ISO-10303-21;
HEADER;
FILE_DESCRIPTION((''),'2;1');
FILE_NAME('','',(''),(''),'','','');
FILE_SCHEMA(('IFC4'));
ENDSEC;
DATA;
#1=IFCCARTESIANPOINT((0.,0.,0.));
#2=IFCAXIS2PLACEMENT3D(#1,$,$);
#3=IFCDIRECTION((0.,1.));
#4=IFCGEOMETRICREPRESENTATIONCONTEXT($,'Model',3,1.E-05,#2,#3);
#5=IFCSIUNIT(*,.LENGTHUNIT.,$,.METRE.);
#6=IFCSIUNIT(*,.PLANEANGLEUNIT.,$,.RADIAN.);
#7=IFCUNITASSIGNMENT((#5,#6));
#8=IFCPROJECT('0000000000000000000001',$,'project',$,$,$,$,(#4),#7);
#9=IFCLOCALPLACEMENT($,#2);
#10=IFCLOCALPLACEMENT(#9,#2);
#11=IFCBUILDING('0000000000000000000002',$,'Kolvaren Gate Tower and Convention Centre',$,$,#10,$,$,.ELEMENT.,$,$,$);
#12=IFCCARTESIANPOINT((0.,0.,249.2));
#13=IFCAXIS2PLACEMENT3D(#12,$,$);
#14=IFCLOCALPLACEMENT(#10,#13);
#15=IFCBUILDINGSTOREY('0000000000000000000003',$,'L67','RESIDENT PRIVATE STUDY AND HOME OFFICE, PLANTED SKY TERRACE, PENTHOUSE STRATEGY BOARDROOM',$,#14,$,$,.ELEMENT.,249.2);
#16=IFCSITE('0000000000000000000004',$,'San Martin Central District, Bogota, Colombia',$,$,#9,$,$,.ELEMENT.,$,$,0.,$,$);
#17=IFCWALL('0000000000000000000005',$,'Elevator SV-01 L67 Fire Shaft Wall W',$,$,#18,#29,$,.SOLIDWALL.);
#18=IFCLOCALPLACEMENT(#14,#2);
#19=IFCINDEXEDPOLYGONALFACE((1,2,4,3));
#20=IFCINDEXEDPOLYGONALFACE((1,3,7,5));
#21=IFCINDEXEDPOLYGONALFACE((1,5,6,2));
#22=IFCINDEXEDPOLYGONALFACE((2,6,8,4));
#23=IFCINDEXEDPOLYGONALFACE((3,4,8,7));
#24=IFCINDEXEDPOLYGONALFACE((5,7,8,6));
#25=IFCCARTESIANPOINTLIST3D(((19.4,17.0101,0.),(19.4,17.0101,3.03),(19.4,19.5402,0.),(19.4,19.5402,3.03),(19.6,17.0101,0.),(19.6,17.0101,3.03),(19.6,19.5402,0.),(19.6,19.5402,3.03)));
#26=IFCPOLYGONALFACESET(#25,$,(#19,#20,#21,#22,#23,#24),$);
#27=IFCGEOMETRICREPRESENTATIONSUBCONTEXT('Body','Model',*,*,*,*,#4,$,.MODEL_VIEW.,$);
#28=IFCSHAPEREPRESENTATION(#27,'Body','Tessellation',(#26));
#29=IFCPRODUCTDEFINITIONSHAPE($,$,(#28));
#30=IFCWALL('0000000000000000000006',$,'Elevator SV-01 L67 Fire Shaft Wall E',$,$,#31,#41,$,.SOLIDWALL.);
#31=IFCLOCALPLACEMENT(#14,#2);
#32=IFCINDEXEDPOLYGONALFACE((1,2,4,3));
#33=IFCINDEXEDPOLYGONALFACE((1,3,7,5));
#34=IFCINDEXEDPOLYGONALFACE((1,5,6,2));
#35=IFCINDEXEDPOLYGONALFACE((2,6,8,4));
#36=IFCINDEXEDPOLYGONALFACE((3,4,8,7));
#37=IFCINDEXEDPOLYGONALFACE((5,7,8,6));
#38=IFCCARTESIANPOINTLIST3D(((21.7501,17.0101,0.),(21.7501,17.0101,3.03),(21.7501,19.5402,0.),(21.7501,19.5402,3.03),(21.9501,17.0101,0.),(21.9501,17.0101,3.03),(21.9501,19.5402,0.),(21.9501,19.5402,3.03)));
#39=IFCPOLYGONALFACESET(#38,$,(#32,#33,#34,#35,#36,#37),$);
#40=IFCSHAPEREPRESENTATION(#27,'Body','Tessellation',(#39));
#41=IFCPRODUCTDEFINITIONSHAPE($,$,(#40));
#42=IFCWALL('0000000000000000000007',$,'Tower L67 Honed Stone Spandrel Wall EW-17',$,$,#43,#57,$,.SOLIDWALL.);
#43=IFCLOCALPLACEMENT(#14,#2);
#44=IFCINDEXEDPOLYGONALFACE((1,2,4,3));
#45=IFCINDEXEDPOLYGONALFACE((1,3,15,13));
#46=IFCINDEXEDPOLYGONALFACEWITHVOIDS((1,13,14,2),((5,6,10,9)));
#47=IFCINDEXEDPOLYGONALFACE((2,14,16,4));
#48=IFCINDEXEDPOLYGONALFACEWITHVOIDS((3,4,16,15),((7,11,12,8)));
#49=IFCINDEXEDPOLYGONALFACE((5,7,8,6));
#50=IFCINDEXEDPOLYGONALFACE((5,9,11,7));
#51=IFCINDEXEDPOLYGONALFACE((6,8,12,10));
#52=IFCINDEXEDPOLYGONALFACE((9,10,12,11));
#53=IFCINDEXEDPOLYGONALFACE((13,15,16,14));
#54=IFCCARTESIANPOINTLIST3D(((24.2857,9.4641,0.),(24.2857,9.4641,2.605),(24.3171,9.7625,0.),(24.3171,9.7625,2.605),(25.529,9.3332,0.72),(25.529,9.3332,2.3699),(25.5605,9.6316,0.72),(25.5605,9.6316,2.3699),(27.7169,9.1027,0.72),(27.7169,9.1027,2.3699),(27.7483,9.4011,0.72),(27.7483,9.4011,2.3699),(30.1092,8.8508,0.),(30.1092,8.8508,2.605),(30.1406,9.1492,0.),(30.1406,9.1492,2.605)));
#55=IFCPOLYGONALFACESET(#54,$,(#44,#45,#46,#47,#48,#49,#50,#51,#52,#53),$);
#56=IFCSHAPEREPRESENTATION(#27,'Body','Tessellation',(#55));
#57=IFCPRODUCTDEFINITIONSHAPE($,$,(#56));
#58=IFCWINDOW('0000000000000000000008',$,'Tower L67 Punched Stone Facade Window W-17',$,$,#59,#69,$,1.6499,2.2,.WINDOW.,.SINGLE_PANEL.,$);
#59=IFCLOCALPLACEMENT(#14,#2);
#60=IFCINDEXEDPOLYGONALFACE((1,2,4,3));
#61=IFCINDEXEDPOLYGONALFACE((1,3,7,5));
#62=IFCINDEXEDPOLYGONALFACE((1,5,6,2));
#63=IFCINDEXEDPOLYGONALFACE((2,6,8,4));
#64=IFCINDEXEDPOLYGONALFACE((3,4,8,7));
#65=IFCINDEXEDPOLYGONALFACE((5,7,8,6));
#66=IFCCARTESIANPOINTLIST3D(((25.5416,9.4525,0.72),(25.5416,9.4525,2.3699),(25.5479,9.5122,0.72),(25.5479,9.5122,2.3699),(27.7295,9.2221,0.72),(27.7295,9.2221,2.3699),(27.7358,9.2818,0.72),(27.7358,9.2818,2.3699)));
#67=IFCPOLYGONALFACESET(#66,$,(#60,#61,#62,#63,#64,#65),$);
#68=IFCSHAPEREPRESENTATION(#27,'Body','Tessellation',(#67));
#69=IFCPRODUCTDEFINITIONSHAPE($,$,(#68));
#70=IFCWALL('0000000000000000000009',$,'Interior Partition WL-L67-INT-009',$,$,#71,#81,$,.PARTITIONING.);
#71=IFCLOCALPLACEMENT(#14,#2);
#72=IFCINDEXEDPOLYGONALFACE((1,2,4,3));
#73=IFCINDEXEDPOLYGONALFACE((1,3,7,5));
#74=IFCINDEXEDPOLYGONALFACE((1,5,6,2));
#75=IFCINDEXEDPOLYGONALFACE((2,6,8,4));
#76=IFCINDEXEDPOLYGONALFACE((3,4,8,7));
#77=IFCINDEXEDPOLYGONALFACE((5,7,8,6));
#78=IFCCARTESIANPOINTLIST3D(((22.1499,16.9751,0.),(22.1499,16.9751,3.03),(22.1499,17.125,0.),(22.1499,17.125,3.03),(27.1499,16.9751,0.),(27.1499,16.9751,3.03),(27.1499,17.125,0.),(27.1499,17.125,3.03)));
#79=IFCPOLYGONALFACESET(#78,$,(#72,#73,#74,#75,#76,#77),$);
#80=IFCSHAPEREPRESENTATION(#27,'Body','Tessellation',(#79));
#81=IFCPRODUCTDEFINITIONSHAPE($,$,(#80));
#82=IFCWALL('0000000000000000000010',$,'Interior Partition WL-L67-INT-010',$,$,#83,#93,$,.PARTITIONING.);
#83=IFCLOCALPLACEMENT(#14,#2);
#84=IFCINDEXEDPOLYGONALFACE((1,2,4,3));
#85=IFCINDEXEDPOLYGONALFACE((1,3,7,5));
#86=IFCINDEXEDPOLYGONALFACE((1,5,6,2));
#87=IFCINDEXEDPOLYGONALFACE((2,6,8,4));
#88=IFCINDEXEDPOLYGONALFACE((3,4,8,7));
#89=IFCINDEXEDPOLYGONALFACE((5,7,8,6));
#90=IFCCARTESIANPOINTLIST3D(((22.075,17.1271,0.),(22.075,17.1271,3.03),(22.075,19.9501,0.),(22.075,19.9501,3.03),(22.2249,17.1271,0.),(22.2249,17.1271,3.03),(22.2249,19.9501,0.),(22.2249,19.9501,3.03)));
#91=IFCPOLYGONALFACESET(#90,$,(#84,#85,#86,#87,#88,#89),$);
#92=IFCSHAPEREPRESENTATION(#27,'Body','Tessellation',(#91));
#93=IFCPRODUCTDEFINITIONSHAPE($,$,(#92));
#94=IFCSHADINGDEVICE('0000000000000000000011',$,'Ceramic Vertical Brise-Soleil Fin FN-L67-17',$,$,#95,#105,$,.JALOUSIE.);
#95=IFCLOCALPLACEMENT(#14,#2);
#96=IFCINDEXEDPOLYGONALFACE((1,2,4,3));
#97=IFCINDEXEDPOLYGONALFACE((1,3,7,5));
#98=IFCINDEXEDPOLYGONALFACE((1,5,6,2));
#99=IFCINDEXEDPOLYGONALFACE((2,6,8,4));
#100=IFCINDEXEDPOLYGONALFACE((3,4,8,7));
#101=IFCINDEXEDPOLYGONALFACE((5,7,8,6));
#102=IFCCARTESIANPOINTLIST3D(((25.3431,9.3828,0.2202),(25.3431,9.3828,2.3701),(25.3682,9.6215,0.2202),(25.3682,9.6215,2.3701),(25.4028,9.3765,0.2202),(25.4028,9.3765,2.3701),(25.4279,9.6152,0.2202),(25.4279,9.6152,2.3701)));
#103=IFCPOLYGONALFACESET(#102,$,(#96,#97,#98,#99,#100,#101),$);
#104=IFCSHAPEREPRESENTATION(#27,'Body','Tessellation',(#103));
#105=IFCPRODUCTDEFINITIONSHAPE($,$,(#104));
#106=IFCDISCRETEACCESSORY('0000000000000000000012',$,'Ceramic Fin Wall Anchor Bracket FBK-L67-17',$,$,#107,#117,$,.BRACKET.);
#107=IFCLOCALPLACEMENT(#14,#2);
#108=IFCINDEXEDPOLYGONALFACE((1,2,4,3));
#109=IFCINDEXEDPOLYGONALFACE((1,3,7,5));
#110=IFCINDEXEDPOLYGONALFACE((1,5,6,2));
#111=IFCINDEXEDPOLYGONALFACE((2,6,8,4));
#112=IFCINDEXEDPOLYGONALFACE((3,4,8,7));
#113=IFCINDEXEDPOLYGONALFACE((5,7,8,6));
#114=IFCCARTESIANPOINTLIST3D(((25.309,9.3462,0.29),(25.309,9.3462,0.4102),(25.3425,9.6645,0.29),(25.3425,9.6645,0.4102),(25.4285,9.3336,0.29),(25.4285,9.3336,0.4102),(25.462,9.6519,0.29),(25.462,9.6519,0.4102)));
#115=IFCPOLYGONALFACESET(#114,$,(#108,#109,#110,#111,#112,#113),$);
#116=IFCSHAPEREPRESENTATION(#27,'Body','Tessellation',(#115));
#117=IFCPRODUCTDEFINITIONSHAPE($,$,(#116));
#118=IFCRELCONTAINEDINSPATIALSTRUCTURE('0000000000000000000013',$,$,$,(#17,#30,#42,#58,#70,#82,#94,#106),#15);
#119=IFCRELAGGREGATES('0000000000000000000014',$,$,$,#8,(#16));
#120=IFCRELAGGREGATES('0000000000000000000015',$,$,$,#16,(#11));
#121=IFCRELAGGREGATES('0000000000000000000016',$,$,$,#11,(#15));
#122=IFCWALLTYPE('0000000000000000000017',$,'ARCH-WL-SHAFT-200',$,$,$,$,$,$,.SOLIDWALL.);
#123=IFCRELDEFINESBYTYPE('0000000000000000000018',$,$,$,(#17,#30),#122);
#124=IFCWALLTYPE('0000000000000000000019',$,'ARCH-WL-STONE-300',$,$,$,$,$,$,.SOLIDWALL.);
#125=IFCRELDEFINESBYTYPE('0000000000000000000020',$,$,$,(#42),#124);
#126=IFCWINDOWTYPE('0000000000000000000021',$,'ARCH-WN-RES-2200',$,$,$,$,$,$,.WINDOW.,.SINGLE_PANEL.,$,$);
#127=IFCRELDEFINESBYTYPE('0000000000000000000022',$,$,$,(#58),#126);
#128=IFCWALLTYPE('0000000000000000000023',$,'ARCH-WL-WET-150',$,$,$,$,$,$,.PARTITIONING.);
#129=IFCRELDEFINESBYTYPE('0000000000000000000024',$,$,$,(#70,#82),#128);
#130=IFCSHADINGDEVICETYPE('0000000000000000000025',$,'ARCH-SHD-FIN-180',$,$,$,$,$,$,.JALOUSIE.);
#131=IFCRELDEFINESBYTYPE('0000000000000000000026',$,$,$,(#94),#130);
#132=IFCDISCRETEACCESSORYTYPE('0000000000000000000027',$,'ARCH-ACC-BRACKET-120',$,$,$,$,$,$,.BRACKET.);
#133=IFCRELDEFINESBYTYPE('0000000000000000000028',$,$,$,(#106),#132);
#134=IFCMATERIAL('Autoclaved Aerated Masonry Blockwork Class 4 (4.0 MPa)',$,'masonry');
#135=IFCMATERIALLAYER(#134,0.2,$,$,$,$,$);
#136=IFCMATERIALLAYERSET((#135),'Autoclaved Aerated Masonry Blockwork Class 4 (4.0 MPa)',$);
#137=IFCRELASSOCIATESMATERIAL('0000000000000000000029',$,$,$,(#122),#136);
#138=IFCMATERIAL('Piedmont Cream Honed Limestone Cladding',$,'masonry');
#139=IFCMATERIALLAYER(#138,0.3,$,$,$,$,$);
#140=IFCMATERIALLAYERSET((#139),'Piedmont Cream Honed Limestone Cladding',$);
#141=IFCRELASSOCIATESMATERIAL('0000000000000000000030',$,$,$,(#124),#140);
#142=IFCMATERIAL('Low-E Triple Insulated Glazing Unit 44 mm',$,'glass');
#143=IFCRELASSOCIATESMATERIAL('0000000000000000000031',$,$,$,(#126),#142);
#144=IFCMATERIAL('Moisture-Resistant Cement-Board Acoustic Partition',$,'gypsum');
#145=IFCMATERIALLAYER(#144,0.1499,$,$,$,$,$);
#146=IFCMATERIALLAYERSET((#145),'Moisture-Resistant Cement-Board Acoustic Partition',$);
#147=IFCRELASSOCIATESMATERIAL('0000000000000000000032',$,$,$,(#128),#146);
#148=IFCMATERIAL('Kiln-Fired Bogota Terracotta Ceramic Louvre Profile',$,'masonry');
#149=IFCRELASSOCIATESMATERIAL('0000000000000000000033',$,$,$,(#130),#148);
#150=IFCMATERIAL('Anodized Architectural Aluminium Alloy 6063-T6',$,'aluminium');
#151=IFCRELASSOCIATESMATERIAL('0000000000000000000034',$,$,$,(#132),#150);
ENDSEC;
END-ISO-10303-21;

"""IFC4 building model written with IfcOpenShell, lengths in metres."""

from ifc_helpers import new_model, si_unit, direction, frame, frame_2d, origin, origin_2d, place, context, subcontext, project, spatial, rectangle, extrude, material, layer, layer_set, type_object, element, fill, save


model = new_model("IFC4")

# Units and contexts
model_context = context("Model", 3, precision=1e-05, world=origin(), true_north=direction((0.0, 1.0)))
body_context = subcontext(model_context, "Body", "Model", "MODEL_VIEW")
ifc_project = project(units=[si_unit("LENGTHUNIT", "METRE"), si_unit("PLANEANGLEUNIT", "RADIAN")], contexts=[model_context])

# Site, building, storey
site_placement = place(None, origin())
site = spatial("IfcSite", under=ifc_project, at=site_placement, Name="San Martin Central District, Bogota, Colombia", CompositionType="ELEMENT", RefElevation=0.0)
building_placement = place(site_placement, origin())
building = spatial("IfcBuilding", under=site, at=building_placement, Name="Kolvaren Gate Tower and Convention Centre", CompositionType="ELEMENT")
storey_placement = place(building_placement, frame((0.0, 0.0, 249.2)))
storey = spatial("IfcBuildingStorey", under=building, at=storey_placement, Name="L67", Description="RESIDENT PRIVATE STUDY AND HOME OFFICE, PLANTED SKY TERRACE, PENTHOUSE STRATEGY BOARDROOM", CompositionType="ELEMENT", Elevation=249.2)

# Walls
ifc_material_1 = material(Name="Autoclaved Aerated Masonry Blockwork Class 4 (4.0 MPa)", Category="masonry")
ifc_layer_1 = layer(ifc_material_1, 0.2)
ifc_layer_set_1 = layer_set([ifc_layer_1], Name="Autoclaved Aerated Masonry Blockwork Class 4 (4.0 MPa)")
wall_type_1 = type_object("IfcWallType", Name="ARCH-WL-SHAFT-200", PredefinedType="SOLIDWALL", material=ifc_layer_set_1)
for number, where, z_axis, x_axis, name in (
    (1, (19.5, 17.01, 0.0), (0.0, 0.0, 1.0), (0.0, 1.0, 0.0), "Elevator SV-01 L67 Fire Shaft Wall W"),
    (2, (21.8501, 17.01, 0.0), (0.0, 0.0, 1.0), (0.0, 1.0, 0.0), "Elevator SV-01 L67 Fire Shaft Wall E"),
):
    element("IfcWall", number, at=place(storey_placement, frame(where, z_axis=z_axis, x_axis=x_axis)), inside=storey, type_object=wall_type_1, Name=name, PredefinedType="SOLIDWALL", context=body_context, shape_type="SweptSolid", body=[
        extrude(rectangle(XDim=2.53, YDim=0.2, at=frame_2d((1.2651, 0.0))), origin(), (0.0, 0.0, 1.0), 3.03),
    ])

# Wall, opening, window
ifc_material_2 = material(Name="Piedmont Cream Honed Limestone Cladding", Category="masonry")
ifc_layer_2 = layer(ifc_material_2, 0.3)
ifc_layer_set_2 = layer_set([ifc_layer_2], Name="Piedmont Cream Honed Limestone Cladding")
wall_type_2 = type_object("IfcWallType", Name="ARCH-WL-STONE-300", PredefinedType="SOLIDWALL", material=ifc_layer_set_2)
wall_1_placement = place(storey_placement, frame((24.3015, 9.6133, 0.0), z_axis=(0.0, 0.0, 1.0), x_axis=(0.9945, -0.104733, 0.0)))
wall_1 = element("IfcWall", 3, at=wall_1_placement, inside=storey, type_object=wall_type_2, Name="Tower L67 Honed Stone Spandrel Wall EW-17", PredefinedType="SOLIDWALL", context=body_context, shape_type="SweptSolid", body=[
    extrude(rectangle(XDim=5.8557, YDim=0.3, at=frame_2d((2.9277, 0.0))), origin(), (0.0, 0.0, 1.0), 2.605),
])
opening_1_placement = place(wall_1_placement, frame((1.25, 0.0, 0.72)))
opening_1 = element("IfcOpeningElement", 4, at=opening_1_placement, cuts=wall_1, PredefinedType="OPENING", context=body_context, shape_type="SweptSolid", body=[
    extrude(rectangle(XDim=2.2, YDim=1.6499, at=frame_2d((1.1001, 0.825))), frame((0.0, 0.1599, 0.0), z_axis=(0.0, -1.0, 0.0), x_axis=(1.0, 0.0, 0.0)), (0.0, 0.0, 1.0), 0.3201),
])
ifc_material_3 = material(Name="Low-E Triple Insulated Glazing Unit 44 mm", Category="glass")
window_type = type_object("IfcWindowType", Name="ARCH-WN-RES-2200", PartitioningType="SINGLE_PANEL", PredefinedType="WINDOW", material=ifc_material_3)
window_placement = place(opening_1_placement, origin())
window = element("IfcWindow", 5, at=window_placement, inside=storey, type_object=window_type, Name="Tower L67 Punched Stone Facade Window W-17", OverallHeight=1.6499, OverallWidth=2.2, PartitioningType="SINGLE_PANEL", PredefinedType="WINDOW", context=body_context, shape_type="SweptSolid", body=[
    extrude(rectangle(XDim=2.2, YDim=1.6499, at=frame_2d((1.1001, 0.825))), frame((0.0, 0.03, 0.0), z_axis=(0.0, -1.0, 0.0), x_axis=(1.0, 0.0, 0.0)), (0.0, 0.0, 1.0), 0.0601),
])
fill(opening_1, window)

# Walls
ifc_material_4 = material(Name="Moisture-Resistant Cement-Board Acoustic Partition", Category="gypsum")
ifc_layer_3 = layer(ifc_material_4, 0.1499)
ifc_layer_set_3 = layer_set([ifc_layer_3], Name="Moisture-Resistant Cement-Board Acoustic Partition")
wall_type_3 = type_object("IfcWallType", Name="ARCH-WL-WET-150", PredefinedType="PARTITIONING", material=ifc_layer_set_3)
wall_2_placement = place(storey_placement, frame((22.1499, 17.05, 0.0), z_axis=(0.0, 0.0, 1.0), x_axis=(1.0, 0.0, 0.0)))
element("IfcWall", 6, at=wall_2_placement, inside=storey, type_object=wall_type_3, Name="Interior Partition WL-L67-INT-009", PredefinedType="PARTITIONING", context=body_context, shape_type="SweptSolid", body=[
    extrude(rectangle(XDim=5.0, YDim=0.1499, at=frame_2d((2.5, 0.0))), origin(), (0.0, 0.0, 1.0), 3.03),
])
wall_3_placement = place(storey_placement, frame((22.1499, 17.127, 0.0), z_axis=(0.0, 0.0, 1.0), x_axis=(0.0, 1.0, 0.0)))
element("IfcWall", 7, at=wall_3_placement, inside=storey, type_object=wall_type_3, Name="Interior Partition WL-L67-INT-010", PredefinedType="PARTITIONING", context=body_context, shape_type="SweptSolid", body=[
    extrude(rectangle(XDim=2.823, YDim=0.1499, at=frame_2d((1.4116, 0.0))), origin(), (0.0, 0.0, 1.0), 3.03),
])

# Shading device
ifc_material_5 = material(Name="Kiln-Fired Bogota Terracotta Ceramic Louvre Profile", Category="masonry")
shading_device_type = type_object("IfcShadingDeviceType", Name="ARCH-SHD-FIN-180", PredefinedType="JALOUSIE", material=ifc_material_5)
shading_device_placement = place(storey_placement, frame((25.3855, 9.499, 0.2202), z_axis=(0.0, 0.0, 1.0), x_axis=(0.9945, -0.104737, 0.0)))
element("IfcShadingDevice", 8, at=shading_device_placement, inside=storey, type_object=shading_device_type, Name="Ceramic Vertical Brise-Soleil Fin FN-L67-17", PredefinedType="JALOUSIE", context=body_context, shape_type="SweptSolid", body=[
    extrude(rectangle(XDim=0.0601, YDim=0.24, at=origin_2d()), origin(), (0.0, 0.0, 1.0), 2.1499),
])

# Discrete accessory
ifc_material_6 = material(Name="Anodized Architectural Aluminium Alloy 6063-T6", Category="aluminium")
discrete_accessory_type = type_object("IfcDiscreteAccessoryType", Name="ARCH-ACC-BRACKET-120", PredefinedType="BRACKET", material=ifc_material_6)
discrete_accessory_placement = place(storey_placement, frame((25.3855, 9.499, 0.29), z_axis=(0.0, 0.0, 1.0), x_axis=(0.9945, -0.104737, 0.0)))
element("IfcDiscreteAccessory", 9, at=discrete_accessory_placement, inside=storey, type_object=discrete_accessory_type, Name="Ceramic Fin Wall Anchor Bracket FBK-L67-17", PredefinedType="BRACKET", context=body_context, shape_type="SweptSolid", body=[
    extrude(rectangle(XDim=0.1201, YDim=0.3201, at=origin_2d()), origin(), (0.0, 0.0, 1.0), 0.1201),
])

save(model, "model.ifc")
